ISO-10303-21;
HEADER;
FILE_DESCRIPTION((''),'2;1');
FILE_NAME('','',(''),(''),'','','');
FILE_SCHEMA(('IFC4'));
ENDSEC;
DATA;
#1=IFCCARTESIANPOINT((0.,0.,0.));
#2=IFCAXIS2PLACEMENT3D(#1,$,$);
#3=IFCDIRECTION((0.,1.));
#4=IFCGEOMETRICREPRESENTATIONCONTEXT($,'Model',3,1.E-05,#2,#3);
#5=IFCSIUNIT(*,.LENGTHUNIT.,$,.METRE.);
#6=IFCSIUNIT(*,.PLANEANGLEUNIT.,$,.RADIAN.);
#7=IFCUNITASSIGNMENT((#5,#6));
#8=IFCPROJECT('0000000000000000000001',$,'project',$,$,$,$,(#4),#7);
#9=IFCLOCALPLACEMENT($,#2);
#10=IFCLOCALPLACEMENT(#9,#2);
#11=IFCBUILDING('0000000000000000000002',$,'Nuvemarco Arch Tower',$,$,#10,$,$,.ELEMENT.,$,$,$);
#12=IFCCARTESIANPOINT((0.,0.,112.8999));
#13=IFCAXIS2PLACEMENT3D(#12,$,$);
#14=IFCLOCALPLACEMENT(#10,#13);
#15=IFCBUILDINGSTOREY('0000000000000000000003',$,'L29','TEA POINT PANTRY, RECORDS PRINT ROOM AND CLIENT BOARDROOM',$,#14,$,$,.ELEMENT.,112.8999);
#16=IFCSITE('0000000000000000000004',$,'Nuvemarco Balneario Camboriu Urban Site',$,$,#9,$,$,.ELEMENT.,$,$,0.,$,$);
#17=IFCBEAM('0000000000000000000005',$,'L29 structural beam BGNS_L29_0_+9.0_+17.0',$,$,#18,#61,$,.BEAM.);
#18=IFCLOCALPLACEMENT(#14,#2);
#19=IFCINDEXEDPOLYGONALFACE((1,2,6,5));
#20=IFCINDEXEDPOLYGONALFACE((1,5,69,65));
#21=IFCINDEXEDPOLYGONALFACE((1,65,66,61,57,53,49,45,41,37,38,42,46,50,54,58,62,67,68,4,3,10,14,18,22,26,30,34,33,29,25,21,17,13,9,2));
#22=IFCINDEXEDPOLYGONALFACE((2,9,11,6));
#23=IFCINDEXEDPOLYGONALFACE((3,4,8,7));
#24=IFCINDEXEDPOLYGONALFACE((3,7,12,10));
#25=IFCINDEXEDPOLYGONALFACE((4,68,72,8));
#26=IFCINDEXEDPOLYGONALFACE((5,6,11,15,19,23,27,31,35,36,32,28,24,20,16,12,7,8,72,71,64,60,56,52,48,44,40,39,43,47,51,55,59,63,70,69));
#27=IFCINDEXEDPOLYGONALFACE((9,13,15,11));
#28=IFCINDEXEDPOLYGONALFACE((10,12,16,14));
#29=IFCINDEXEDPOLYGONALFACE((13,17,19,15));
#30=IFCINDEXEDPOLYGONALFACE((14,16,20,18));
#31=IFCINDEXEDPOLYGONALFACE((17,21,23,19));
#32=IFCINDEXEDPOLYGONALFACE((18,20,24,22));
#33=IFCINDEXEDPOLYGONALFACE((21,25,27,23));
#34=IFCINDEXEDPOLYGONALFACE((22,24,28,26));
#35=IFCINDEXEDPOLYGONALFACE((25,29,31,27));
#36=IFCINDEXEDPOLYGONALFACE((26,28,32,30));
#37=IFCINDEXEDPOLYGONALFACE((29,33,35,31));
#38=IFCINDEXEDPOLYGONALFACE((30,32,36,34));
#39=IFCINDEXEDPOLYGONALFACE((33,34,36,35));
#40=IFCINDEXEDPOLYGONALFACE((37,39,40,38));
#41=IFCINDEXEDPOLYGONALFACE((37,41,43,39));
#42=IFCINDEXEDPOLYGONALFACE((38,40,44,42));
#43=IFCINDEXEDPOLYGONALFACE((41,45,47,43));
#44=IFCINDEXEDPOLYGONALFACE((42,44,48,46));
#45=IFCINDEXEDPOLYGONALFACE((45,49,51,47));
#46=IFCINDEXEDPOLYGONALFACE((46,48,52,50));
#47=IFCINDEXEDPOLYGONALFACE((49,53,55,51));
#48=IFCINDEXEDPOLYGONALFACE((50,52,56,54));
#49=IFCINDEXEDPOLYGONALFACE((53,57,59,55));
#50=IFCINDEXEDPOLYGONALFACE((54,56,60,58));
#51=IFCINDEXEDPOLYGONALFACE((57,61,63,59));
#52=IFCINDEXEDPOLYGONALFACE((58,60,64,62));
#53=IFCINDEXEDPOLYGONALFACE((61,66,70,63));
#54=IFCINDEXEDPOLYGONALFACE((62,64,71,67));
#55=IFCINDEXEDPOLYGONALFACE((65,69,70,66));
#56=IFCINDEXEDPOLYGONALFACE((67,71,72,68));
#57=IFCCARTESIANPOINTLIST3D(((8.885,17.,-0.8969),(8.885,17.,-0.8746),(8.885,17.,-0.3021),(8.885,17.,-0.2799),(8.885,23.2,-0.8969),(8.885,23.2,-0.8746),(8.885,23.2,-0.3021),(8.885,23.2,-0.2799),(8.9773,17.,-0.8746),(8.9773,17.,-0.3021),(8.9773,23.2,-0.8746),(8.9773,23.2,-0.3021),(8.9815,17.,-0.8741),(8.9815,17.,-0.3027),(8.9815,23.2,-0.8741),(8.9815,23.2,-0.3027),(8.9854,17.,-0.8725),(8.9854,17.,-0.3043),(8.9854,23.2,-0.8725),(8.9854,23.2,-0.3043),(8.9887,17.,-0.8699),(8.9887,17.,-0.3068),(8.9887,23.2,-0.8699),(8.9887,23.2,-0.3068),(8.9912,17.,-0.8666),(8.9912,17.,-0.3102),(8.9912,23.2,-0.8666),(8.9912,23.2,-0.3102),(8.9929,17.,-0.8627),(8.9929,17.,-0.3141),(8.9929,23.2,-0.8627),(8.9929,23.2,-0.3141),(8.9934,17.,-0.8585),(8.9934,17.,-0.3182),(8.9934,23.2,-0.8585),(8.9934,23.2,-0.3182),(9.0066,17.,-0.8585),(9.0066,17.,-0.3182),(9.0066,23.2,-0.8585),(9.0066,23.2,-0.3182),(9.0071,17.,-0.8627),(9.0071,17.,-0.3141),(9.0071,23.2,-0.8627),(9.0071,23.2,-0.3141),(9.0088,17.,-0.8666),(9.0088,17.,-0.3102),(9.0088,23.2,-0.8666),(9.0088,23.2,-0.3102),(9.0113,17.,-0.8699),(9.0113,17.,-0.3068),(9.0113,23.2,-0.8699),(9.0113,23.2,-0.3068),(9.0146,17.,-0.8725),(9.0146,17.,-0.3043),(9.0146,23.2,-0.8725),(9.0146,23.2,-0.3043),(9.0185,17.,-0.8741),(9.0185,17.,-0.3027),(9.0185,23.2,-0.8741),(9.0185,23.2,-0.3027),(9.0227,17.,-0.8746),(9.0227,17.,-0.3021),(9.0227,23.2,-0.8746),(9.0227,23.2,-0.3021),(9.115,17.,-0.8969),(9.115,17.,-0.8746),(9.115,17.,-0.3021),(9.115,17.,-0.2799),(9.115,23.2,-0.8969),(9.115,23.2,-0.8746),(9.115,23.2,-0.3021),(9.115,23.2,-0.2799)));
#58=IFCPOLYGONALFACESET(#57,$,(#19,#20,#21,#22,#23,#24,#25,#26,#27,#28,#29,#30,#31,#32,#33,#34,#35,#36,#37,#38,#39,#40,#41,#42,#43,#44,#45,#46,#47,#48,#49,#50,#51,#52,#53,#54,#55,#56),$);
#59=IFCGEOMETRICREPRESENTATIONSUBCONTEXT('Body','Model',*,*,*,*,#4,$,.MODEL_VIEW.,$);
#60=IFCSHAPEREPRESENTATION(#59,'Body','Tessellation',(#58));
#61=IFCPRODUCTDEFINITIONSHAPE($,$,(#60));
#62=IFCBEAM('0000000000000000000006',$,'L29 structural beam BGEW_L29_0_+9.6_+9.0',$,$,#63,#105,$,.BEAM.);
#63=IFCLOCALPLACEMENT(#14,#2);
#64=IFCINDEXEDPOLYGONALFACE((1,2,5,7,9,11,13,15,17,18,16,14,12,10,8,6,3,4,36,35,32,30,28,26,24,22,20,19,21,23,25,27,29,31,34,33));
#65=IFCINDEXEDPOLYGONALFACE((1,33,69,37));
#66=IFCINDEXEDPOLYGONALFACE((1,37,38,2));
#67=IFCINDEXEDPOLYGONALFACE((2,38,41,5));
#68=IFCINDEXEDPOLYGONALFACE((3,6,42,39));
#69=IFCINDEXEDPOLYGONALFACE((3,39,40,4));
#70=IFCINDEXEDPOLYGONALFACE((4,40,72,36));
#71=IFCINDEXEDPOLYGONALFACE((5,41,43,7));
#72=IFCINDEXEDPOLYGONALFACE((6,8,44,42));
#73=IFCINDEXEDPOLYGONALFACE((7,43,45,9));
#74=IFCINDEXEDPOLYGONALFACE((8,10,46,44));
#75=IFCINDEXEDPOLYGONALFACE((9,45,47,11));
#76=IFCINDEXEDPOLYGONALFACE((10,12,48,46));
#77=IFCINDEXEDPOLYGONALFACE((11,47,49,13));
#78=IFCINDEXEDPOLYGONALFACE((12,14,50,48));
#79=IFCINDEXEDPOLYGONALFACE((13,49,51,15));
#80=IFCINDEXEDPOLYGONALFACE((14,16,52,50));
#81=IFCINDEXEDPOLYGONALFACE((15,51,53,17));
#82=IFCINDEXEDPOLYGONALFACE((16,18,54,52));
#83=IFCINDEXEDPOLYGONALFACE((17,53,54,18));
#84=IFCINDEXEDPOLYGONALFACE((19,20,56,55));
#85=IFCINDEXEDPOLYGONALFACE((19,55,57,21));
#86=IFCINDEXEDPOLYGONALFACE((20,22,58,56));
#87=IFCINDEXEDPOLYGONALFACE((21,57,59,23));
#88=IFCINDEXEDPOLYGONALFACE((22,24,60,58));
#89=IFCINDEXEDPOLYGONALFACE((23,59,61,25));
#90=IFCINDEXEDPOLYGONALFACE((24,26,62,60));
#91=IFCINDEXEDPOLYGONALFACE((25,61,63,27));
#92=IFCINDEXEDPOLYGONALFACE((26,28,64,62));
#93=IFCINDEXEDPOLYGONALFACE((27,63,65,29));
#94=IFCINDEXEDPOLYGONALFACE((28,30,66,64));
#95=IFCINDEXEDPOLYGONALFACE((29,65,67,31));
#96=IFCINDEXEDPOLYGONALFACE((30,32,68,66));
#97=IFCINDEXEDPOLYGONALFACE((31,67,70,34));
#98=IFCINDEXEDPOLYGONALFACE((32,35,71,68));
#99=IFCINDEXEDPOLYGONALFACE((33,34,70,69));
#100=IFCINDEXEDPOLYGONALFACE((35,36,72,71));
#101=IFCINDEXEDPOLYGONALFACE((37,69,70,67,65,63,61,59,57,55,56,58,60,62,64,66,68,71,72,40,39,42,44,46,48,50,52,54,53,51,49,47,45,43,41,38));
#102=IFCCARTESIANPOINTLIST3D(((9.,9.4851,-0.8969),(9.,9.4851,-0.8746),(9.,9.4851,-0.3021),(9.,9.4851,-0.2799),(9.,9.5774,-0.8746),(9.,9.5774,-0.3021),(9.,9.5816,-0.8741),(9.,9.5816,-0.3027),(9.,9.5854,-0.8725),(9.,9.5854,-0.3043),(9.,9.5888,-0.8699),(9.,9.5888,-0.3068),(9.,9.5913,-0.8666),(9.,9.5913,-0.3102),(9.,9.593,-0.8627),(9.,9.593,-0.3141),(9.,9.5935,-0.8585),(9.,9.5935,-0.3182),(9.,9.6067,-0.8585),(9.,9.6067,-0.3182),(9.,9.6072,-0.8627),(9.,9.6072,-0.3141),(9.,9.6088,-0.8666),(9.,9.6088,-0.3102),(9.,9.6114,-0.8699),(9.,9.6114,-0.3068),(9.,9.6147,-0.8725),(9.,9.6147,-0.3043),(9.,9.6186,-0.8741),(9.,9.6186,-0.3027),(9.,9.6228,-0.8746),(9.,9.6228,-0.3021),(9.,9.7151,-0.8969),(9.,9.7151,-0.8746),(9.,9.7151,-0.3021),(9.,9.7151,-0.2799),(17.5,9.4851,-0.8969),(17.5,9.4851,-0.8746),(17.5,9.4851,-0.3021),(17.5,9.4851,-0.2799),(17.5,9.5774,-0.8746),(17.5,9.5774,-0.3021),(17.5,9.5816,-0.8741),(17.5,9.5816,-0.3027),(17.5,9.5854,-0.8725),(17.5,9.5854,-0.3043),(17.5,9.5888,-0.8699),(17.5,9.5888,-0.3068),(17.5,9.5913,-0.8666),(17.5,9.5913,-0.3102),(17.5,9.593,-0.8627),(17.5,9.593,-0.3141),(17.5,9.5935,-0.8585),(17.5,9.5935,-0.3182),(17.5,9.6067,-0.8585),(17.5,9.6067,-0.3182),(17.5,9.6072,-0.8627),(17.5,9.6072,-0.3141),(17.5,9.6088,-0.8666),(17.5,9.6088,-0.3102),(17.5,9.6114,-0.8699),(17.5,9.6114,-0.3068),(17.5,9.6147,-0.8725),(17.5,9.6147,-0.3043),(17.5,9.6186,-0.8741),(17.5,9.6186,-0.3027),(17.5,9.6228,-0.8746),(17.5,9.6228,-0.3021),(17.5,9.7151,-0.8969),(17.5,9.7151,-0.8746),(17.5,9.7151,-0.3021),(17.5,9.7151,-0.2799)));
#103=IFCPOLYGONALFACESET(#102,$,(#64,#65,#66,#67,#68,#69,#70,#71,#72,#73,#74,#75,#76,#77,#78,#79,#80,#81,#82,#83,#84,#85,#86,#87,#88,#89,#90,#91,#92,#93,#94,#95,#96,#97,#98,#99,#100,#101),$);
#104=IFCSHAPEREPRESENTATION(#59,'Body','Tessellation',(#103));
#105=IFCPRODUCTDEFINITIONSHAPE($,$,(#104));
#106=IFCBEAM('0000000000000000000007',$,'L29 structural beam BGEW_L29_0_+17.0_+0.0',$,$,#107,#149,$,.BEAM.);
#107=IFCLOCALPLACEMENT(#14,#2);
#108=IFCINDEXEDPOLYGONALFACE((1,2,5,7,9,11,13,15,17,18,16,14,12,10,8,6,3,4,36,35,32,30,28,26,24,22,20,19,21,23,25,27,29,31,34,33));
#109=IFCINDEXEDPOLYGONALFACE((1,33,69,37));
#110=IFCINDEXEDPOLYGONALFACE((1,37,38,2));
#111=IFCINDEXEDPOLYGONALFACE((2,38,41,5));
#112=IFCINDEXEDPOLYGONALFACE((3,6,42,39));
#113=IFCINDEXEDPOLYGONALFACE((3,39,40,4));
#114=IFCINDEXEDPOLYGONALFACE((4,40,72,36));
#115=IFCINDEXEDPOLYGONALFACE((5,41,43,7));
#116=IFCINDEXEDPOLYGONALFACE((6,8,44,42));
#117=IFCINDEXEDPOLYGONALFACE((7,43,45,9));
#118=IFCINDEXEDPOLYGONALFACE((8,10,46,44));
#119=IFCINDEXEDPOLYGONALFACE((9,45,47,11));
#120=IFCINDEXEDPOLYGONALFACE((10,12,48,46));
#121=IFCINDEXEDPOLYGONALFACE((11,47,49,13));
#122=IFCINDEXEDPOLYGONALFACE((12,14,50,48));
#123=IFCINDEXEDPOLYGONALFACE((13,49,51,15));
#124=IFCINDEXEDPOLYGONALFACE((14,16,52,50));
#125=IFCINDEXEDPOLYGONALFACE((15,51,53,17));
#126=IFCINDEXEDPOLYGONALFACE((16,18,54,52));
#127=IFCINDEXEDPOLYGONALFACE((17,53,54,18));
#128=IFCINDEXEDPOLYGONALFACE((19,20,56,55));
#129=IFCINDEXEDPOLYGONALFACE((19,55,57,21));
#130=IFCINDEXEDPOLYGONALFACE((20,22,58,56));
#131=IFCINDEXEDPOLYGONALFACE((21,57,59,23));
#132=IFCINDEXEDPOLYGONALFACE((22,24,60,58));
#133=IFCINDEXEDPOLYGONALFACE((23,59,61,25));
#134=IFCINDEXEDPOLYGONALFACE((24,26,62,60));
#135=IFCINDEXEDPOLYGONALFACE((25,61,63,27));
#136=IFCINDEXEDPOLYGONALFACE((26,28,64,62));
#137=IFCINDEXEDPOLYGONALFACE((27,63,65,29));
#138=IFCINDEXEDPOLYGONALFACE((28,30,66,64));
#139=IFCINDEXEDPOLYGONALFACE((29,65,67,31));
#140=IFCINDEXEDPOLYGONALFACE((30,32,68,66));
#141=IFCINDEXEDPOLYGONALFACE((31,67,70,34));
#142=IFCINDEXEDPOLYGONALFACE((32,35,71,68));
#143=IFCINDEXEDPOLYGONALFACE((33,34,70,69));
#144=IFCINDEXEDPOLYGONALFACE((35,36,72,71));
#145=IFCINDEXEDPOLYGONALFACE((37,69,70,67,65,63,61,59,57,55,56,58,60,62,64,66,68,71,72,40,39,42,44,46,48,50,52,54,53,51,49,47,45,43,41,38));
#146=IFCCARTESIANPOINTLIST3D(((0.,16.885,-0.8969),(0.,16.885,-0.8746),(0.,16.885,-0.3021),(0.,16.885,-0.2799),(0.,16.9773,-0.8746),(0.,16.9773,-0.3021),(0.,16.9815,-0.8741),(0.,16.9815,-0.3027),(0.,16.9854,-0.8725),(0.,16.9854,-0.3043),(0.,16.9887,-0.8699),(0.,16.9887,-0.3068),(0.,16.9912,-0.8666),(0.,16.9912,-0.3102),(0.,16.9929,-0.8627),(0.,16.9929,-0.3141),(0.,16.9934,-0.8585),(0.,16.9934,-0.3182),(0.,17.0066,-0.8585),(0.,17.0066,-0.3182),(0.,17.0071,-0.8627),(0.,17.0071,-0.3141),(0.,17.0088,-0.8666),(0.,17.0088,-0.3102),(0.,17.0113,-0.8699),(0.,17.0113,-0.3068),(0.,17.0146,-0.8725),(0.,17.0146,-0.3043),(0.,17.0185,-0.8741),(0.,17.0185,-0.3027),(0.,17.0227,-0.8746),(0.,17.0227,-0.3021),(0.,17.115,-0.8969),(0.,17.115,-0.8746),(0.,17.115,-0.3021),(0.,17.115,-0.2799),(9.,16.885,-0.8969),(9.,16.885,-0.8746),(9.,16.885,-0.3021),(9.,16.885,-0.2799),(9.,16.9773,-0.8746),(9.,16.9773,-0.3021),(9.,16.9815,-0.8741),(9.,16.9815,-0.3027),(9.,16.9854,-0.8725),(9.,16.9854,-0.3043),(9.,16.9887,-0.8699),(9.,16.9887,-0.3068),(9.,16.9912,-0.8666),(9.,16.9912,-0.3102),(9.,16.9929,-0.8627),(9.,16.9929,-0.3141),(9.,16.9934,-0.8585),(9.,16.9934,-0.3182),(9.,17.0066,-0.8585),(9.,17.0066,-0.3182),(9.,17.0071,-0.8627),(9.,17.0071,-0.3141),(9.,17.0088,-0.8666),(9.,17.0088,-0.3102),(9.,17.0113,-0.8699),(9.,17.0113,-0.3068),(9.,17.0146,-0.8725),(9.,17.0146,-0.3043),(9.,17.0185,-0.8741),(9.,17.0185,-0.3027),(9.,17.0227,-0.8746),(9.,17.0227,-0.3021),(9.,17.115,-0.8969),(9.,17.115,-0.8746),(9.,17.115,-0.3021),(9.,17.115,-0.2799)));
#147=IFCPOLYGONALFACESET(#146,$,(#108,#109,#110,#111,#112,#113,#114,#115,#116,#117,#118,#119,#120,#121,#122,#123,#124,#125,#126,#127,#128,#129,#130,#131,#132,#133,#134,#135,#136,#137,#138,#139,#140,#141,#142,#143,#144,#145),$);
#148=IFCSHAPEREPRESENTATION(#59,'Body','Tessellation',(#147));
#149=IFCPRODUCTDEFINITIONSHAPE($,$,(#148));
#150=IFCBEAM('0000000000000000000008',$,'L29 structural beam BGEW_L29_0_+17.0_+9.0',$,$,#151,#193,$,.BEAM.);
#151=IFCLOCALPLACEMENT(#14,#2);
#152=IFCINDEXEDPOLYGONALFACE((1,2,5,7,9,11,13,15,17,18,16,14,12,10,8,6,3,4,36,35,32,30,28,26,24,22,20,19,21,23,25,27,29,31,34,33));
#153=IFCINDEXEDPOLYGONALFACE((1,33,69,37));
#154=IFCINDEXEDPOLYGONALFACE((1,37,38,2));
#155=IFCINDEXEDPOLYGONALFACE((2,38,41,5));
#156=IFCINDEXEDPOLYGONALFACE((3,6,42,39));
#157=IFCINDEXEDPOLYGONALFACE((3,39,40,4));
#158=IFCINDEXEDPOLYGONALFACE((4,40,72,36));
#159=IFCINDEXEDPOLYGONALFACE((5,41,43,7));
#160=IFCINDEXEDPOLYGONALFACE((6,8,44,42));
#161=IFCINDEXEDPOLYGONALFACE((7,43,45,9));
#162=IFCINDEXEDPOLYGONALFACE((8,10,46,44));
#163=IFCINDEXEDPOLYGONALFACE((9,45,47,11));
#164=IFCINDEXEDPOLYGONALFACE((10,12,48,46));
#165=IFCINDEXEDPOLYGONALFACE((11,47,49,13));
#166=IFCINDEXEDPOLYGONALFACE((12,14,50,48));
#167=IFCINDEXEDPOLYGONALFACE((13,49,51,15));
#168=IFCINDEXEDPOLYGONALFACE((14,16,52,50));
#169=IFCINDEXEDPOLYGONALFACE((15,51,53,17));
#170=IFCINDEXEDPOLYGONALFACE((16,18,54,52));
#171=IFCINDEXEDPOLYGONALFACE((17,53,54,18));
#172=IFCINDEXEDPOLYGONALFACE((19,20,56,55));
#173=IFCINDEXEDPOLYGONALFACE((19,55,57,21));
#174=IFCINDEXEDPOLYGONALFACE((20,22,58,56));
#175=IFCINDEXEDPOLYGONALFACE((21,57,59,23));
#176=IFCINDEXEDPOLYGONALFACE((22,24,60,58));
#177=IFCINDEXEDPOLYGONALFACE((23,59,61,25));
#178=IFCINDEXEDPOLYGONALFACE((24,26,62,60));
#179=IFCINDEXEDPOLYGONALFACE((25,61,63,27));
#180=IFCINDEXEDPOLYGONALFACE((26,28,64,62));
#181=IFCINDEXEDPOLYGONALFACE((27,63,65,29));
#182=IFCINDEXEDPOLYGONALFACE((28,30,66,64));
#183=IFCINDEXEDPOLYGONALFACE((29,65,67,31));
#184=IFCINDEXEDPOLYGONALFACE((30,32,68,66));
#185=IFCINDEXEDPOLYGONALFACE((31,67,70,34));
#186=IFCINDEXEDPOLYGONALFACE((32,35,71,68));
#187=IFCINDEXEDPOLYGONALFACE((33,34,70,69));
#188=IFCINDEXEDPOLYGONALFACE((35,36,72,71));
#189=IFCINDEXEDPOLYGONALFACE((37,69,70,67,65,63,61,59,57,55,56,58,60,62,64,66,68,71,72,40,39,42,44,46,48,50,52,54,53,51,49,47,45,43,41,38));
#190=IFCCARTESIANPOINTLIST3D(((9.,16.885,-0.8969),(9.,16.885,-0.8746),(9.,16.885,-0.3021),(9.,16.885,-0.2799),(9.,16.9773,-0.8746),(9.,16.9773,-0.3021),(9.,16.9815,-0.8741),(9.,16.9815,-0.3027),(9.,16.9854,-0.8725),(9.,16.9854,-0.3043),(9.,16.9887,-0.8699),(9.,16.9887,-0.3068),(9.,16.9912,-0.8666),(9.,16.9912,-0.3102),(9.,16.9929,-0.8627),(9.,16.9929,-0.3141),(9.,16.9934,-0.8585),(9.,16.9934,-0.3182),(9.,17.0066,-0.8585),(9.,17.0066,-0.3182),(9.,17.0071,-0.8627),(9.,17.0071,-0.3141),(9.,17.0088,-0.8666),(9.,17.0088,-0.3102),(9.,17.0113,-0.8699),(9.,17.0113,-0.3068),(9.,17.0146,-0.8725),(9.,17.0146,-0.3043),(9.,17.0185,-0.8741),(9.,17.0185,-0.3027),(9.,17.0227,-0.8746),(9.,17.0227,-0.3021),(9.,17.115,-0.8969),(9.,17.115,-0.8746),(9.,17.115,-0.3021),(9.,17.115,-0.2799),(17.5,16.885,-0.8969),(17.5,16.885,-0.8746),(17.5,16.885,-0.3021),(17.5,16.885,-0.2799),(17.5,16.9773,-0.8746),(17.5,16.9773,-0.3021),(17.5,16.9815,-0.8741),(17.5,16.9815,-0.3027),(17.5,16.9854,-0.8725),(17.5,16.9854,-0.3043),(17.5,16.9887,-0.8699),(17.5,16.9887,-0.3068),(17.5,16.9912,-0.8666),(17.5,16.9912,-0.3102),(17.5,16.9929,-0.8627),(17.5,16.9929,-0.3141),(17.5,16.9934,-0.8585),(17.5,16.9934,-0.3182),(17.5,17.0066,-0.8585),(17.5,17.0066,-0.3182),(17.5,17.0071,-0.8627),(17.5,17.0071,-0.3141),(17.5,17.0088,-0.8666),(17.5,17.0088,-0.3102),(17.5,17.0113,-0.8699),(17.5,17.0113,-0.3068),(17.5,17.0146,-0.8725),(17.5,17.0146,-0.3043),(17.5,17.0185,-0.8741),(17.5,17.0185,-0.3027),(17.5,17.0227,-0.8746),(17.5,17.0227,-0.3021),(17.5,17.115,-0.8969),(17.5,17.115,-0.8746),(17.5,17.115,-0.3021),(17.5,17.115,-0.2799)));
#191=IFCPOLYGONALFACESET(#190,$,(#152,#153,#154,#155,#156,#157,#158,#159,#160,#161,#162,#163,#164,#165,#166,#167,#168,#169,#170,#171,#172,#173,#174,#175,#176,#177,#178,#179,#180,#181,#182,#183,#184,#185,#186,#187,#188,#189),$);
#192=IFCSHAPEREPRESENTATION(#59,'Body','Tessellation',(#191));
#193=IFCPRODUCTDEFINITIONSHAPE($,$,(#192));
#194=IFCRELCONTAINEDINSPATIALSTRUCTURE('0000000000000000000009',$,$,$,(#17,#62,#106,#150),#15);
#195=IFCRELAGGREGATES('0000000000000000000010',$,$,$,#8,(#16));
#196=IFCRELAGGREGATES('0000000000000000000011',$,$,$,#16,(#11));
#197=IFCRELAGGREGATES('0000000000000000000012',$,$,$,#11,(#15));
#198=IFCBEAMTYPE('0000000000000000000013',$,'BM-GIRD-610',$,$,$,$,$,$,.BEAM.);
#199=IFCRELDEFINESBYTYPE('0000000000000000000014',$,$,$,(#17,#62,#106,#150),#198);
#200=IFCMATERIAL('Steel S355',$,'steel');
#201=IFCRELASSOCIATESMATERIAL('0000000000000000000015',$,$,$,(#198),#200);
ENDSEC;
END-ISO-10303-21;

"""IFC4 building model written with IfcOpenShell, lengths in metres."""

from ifc_helpers import new_model, si_unit, direction, frame, origin, origin_2d, place, context, subcontext, project, spatial, i_section, extrude, material, material_profile, profile_set, type_object, element, save


model = new_model("IFC4")

# Units and contexts
model_context = context("Model", 3, precision=1e-05, world=origin(), true_north=direction((0.0, 1.0)))
body_context = subcontext(model_context, "Body", "Model", "MODEL_VIEW")
ifc_project = project(units=[si_unit("LENGTHUNIT", "METRE"), si_unit("PLANEANGLEUNIT", "RADIAN")], contexts=[model_context])

# Site, building, storey
site_placement = place(None, origin())
site = spatial("IfcSite", under=ifc_project, at=site_placement, Name="Nuvemarco Balneario Camboriu Urban Site", CompositionType="ELEMENT", RefElevation=0.0)
building_placement = place(site_placement, origin())
building = spatial("IfcBuilding", under=site, at=building_placement, Name="Nuvemarco Arch Tower", CompositionType="ELEMENT")
storey_placement = place(building_placement, frame((0.0, 0.0, 112.8999)))
storey = spatial("IfcBuildingStorey", under=building, at=storey_placement, Name="L29", Description="TEA POINT PANTRY, RECORDS PRINT ROOM AND CLIENT BOARDROOM", CompositionType="ELEMENT", Elevation=112.8999)

# Shared definitions
ifc_material_1 = material(Name="Steel S355", Category="steel")

# Beams
ifc_material_profile_1 = material_profile(ifc_material_1, i_section(OverallWidth=0.23, OverallDepth=0.6169, WebThickness=0.0132, FlangeThickness=0.0222, FilletRadius=0.0161, at=origin_2d()), Name="W610x140")
ifc_profile_set_1 = profile_set([ifc_material_profile_1], Name="Steel S355")
beam_type_1 = type_object("IfcBeamType", Name="BM-GIRD-610", PredefinedType="BEAM", material=ifc_profile_set_1)
beam_1_placement = place(storey_placement, frame((9.0, 17.0, -0.5884), z_axis=(0.0, 1.0, 0.0), x_axis=(-1.0, 0.0, 0.0)))
element("IfcBeam", 1, at=beam_1_placement, inside=storey, type_object=beam_type_1, Name="L29 structural beam BGNS_L29_0_+9.0_+17.0", PredefinedType="BEAM", context=body_context, shape_type="SweptSolid", body=[
    extrude(i_section(OverallWidth=0.23, OverallDepth=0.6169, WebThickness=0.0132, FlangeThickness=0.0222, FilletRadius=0.0161, at=origin_2d()), origin(), (0.0, 0.0, 1.0), 6.2),
])
beam_2_placement = place(storey_placement, frame((9.0, 9.6001, -0.5884), z_axis=(1.0, 0.0, 0.0), x_axis=(0.0, 1.0, 0.0)))
element("IfcBeam", 2, at=beam_2_placement, inside=storey, type_object=beam_type_1, Name="L29 structural beam BGEW_L29_0_+9.6_+9.0", PredefinedType="BEAM", context=body_context, shape_type="SweptSolid", body=[
    extrude(i_section(OverallWidth=0.23, OverallDepth=0.6169, WebThickness=0.0132, FlangeThickness=0.0222, FilletRadius=0.0161, at=origin_2d()), origin(), (0.0, 0.0, 1.0), 8.5),
])
beam_3_placement = place(storey_placement, frame((0.0, 17.0, -0.5884), z_axis=(1.0, 0.0, 0.0), x_axis=(0.0, 1.0, 0.0)))
element("IfcBeam", 3, at=beam_3_placement, inside=storey, type_object=beam_type_1, Name="L29 structural beam BGEW_L29_0_+17.0_+0.0", PredefinedType="BEAM", context=body_context, shape_type="SweptSolid", body=[
    extrude(i_section(OverallWidth=0.23, OverallDepth=0.6169, WebThickness=0.0132, FlangeThickness=0.0222, FilletRadius=0.0161, at=origin_2d()), origin(), (0.0, 0.0, 1.0), 9.0),
])
beam_4_placement = place(storey_placement, frame((9.0, 17.0, -0.5884), z_axis=(1.0, 0.0, 0.0), x_axis=(0.0, 1.0, 0.0)))
element("IfcBeam", 4, at=beam_4_placement, inside=storey, type_object=beam_type_1, Name="L29 structural beam BGEW_L29_0_+17.0_+9.0", PredefinedType="BEAM", context=body_context, shape_type="SweptSolid", body=[
    extrude(i_section(OverallWidth=0.23, OverallDepth=0.6169, WebThickness=0.0132, FlangeThickness=0.0222, FilletRadius=0.0161, at=origin_2d()), origin(), (0.0, 0.0, 1.0), 8.5),
])

save(model, "model.ifc")
